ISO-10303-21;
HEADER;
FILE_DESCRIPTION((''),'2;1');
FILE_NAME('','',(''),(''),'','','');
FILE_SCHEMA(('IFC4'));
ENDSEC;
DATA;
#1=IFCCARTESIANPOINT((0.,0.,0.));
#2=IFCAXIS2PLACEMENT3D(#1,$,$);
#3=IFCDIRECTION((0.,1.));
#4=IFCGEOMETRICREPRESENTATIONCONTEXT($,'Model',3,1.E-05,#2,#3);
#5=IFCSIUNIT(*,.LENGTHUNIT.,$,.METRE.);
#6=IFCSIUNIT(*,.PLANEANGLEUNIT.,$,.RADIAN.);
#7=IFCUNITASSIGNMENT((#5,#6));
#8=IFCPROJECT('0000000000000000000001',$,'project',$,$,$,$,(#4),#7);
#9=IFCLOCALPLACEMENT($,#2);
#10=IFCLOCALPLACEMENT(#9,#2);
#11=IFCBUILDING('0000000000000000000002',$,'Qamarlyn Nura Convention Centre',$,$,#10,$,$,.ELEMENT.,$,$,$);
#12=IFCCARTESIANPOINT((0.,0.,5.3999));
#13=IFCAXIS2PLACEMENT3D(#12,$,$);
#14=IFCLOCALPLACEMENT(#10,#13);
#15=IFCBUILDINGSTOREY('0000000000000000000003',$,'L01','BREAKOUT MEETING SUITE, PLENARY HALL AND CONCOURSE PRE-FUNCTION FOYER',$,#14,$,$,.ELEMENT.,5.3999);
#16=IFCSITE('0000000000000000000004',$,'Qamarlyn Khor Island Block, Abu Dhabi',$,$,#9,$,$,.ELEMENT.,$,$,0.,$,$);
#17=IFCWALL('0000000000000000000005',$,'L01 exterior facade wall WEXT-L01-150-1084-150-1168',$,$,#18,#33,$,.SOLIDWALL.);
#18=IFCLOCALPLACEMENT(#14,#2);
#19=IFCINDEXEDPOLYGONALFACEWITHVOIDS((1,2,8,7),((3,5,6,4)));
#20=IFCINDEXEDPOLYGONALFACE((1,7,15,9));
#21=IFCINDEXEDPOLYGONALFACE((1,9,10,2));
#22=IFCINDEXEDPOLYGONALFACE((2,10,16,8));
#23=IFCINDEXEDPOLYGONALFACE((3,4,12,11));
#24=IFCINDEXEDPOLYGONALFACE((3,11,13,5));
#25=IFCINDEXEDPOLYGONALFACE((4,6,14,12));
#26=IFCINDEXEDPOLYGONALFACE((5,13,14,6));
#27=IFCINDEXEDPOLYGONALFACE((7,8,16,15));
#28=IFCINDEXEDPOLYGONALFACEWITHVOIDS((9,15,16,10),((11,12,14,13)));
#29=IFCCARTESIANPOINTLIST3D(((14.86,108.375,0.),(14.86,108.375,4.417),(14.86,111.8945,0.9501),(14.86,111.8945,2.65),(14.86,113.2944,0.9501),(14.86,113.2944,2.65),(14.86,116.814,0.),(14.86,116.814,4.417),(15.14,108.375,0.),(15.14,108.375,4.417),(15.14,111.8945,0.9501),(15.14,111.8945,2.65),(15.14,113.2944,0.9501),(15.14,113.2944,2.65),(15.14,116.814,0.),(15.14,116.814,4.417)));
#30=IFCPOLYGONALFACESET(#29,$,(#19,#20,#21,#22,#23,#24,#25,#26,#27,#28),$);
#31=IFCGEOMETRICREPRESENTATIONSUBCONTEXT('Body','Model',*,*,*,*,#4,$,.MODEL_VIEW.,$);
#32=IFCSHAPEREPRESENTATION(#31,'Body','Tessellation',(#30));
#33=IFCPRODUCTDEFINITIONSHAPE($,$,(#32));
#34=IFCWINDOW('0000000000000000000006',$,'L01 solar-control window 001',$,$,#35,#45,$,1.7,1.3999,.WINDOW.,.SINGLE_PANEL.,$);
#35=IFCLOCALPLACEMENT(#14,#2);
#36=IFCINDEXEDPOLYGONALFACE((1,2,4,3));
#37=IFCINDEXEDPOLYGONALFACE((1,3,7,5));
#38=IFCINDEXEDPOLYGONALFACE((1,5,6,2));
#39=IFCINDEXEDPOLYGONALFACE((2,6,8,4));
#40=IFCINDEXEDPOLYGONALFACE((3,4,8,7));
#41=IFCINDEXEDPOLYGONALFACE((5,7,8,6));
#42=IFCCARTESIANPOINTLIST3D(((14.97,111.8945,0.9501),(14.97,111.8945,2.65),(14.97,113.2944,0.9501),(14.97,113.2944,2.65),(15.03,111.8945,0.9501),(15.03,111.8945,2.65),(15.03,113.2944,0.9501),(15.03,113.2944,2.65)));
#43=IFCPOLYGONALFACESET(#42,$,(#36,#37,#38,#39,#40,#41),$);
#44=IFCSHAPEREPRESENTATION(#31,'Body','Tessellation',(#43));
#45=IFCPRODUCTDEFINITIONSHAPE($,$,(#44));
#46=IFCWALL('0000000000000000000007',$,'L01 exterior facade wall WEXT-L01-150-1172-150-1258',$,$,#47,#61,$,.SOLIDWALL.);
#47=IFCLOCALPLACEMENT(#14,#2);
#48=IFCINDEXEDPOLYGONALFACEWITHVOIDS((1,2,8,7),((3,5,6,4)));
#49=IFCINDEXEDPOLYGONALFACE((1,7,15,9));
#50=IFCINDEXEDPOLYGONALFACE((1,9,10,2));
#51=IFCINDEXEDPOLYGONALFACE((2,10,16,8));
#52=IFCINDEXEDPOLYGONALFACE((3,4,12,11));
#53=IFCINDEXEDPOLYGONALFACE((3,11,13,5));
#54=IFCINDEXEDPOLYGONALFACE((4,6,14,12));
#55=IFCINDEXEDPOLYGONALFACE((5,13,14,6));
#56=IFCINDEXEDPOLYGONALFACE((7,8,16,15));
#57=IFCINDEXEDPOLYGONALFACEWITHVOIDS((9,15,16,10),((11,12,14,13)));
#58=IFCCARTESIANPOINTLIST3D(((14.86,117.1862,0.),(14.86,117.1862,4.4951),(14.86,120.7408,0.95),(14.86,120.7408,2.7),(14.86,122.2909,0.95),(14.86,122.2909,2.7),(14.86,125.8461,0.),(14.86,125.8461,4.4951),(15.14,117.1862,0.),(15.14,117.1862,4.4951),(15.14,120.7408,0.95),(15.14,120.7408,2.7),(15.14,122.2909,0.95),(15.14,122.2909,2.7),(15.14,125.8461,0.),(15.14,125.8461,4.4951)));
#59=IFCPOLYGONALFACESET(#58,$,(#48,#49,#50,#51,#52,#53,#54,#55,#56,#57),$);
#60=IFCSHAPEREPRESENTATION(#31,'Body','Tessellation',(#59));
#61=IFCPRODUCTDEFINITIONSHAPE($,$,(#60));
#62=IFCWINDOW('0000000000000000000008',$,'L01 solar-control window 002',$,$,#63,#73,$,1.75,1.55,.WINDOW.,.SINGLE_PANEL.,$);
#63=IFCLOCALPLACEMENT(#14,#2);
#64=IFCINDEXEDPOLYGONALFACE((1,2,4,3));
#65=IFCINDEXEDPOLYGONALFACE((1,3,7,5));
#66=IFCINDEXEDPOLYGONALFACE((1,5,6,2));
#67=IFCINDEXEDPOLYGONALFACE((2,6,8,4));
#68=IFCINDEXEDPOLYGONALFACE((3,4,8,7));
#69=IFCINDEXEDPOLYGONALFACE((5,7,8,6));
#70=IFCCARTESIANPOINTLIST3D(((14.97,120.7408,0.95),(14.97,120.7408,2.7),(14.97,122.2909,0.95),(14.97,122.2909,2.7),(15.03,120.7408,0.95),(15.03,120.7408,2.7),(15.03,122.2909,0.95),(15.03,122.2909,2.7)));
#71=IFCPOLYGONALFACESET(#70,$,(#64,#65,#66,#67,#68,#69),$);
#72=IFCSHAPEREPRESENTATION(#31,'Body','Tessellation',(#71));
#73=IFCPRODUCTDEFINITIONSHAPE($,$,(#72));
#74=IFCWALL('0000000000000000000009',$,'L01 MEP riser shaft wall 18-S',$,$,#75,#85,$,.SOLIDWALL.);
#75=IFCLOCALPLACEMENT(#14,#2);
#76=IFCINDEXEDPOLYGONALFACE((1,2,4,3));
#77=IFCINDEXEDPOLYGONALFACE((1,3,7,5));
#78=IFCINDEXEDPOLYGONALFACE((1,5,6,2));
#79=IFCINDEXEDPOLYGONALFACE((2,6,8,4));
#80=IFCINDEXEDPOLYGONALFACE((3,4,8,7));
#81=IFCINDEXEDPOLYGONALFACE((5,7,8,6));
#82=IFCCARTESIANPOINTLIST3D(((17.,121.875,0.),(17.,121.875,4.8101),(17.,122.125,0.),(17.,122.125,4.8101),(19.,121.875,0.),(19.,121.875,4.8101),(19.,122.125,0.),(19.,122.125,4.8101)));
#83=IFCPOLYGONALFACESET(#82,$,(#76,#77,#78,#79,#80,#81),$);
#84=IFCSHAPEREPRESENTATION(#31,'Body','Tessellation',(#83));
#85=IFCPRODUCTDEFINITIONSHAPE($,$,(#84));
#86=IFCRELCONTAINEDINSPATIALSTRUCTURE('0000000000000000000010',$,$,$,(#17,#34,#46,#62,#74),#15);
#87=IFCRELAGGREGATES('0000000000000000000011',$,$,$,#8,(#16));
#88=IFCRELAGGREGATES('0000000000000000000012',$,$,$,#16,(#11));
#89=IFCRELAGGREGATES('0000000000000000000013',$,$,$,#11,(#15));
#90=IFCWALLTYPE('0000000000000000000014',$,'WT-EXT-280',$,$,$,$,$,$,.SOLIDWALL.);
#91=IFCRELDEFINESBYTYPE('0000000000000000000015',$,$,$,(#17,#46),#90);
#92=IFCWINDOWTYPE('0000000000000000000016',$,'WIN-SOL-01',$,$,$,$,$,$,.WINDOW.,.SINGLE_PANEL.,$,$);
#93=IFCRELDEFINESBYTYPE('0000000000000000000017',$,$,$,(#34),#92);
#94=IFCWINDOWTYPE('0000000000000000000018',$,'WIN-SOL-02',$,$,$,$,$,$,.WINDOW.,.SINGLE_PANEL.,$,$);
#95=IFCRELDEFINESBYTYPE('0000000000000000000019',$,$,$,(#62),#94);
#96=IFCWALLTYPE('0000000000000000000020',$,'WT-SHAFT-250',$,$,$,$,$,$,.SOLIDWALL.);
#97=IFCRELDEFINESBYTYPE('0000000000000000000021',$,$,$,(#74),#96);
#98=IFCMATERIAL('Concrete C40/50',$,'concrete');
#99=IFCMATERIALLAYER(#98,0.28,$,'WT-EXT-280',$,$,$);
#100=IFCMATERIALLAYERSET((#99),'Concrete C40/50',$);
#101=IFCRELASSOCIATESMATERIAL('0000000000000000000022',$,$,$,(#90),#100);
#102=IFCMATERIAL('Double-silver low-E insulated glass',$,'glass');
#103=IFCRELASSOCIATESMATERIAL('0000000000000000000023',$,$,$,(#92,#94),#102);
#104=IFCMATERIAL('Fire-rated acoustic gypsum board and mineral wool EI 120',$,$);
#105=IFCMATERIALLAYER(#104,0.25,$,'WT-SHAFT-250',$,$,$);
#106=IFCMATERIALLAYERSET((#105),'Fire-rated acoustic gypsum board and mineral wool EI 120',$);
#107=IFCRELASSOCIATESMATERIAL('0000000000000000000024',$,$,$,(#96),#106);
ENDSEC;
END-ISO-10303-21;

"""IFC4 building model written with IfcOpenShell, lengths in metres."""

from ifc_helpers import new_model, si_unit, direction, frame, frame_2d, origin, place, context, subcontext, project, spatial, rectangle, extrude, material, layer, layer_set, type_object, element, fill, save


model = new_model("IFC4")

# Units and contexts
model_context = context("Model", 3, precision=1e-05, world=origin(), true_north=direction((0.0, 1.0)))
body_context = subcontext(model_context, "Body", "Model", "MODEL_VIEW")
ifc_project = project(units=[si_unit("LENGTHUNIT", "METRE"), si_unit("PLANEANGLEUNIT", "RADIAN")], contexts=[model_context])

# Site, building, storey
site_placement = place(None, origin())
site = spatial("IfcSite", under=ifc_project, at=site_placement, Name="Qamarlyn Khor Island Block, Abu Dhabi", CompositionType="ELEMENT", RefElevation=0.0)
building_placement = place(site_placement, origin())
building = spatial("IfcBuilding", under=site, at=building_placement, Name="Qamarlyn Nura Convention Centre", CompositionType="ELEMENT")
storey_placement = place(building_placement, frame((0.0, 0.0, 5.3999)))
storey = spatial("IfcBuildingStorey", under=building, at=storey_placement, Name="L01", Description="BREAKOUT MEETING SUITE, PLENARY HALL AND CONCOURSE PRE-FUNCTION FOYER", CompositionType="ELEMENT", Elevation=5.3999)

# Shared definitions
ifc_material_1 = material(Name="Double-silver low-E insulated glass", Category="glass")

# Walls, openings, windows
ifc_material_2 = material(Name="Concrete C40/50", Category="concrete")
ifc_layer_1 = layer(ifc_material_2, 0.28, Name="WT-EXT-280")
ifc_layer_set_1 = layer_set([ifc_layer_1], Name="Concrete C40/50")
wall_type_1 = type_object("IfcWallType", Name="WT-EXT-280", PredefinedType="SOLIDWALL", material=ifc_layer_set_1)
wall_1_placement = place(storey_placement, frame((15.0, 108.375, 0.0), z_axis=(0.0, 0.0, 1.0), x_axis=(0.0, 1.0, 0.0)))
wall_1 = element("IfcWall", 1, at=wall_1_placement, inside=storey, type_object=wall_type_1, Name="L01 exterior facade wall WEXT-L01-150-1084-150-1168", PredefinedType="SOLIDWALL", context=body_context, shape_type="SweptSolid", body=[
    extrude(rectangle(XDim=8.439, YDim=0.28, at=frame_2d((4.2195, 0.0))), origin(), (0.0, 0.0, 1.0), 4.417),
])
opening_1_placement = place(wall_1_placement, frame((3.5195, 0.0, 0.95)))
opening_1 = element("IfcOpeningElement", 2, at=opening_1_placement, cuts=wall_1, PredefinedType="OPENING", context=body_context, shape_type="SweptSolid", body=[
    extrude(rectangle(XDim=1.3999, YDim=1.7, at=frame_2d((0.7, 0.8501))), frame((0.0, 0.1499, 0.0), z_axis=(0.0, -1.0, 0.0), x_axis=(1.0, 0.0, 0.0)), (0.0, 0.0, 1.0), 0.3),
])
window_type_1 = type_object("IfcWindowType", Name="WIN-SOL-01", PartitioningType="SINGLE_PANEL", PredefinedType="WINDOW", material=ifc_material_1)
window_1_placement = place(opening_1_placement, origin())
window_1 = element("IfcWindow", 3, at=window_1_placement, inside=storey, type_object=window_type_1, Name="L01 solar-control window 001", OverallHeight=1.7, OverallWidth=1.3999, PartitioningType="SINGLE_PANEL", PredefinedType="WINDOW", context=body_context, shape_type="SweptSolid", body=[
    extrude(rectangle(XDim=1.3999, YDim=1.7, at=frame_2d((0.7, 0.8501))), frame((0.0, 0.03, 0.0), z_axis=(0.0, -1.0, 0.0), x_axis=(1.0, 0.0, 0.0)), (0.0, 0.0, 1.0), 0.0601),
])
fill(opening_1, window_1)
wall_2_placement = place(storey_placement, frame((15.0, 117.186, 0.0), z_axis=(0.0, 0.0, 1.0), x_axis=(0.0, 1.0, 0.0)))
wall_2 = element("IfcWall", 4, at=wall_2_placement, inside=storey, type_object=wall_type_1, Name="L01 exterior facade wall WEXT-L01-150-1172-150-1258", PredefinedType="SOLIDWALL", context=body_context, shape_type="SweptSolid", body=[
    extrude(rectangle(XDim=8.6599, YDim=0.28, at=frame_2d((4.3301, 0.0))), origin(), (0.0, 0.0, 1.0), 4.4951),
])
opening_2_placement = place(wall_2_placement, frame((3.5549, 0.0, 0.95)))
opening_2 = element("IfcOpeningElement", 5, at=opening_2_placement, cuts=wall_2, PredefinedType="OPENING", context=body_context, shape_type="SweptSolid", body=[
    extrude(rectangle(XDim=1.55, YDim=1.75, at=frame_2d((0.7749, 0.875))), frame((0.0, 0.1499, 0.0), z_axis=(0.0, -1.0, 0.0), x_axis=(1.0, 0.0, 0.0)), (0.0, 0.0, 1.0), 0.3),
])
window_type_2 = type_object("IfcWindowType", Name="WIN-SOL-02", PartitioningType="SINGLE_PANEL", PredefinedType="WINDOW", material=ifc_material_1)
window_2_placement = place(opening_2_placement, origin())
window_2 = element("IfcWindow", 6, at=window_2_placement, inside=storey, type_object=window_type_2, Name="L01 solar-control window 002", OverallHeight=1.75, OverallWidth=1.55, PartitioningType="SINGLE_PANEL", PredefinedType="WINDOW", context=body_context, shape_type="SweptSolid", body=[
    extrude(rectangle(XDim=1.55, YDim=1.75, at=frame_2d((0.7749, 0.875))), frame((0.0, 0.03, 0.0), z_axis=(0.0, -1.0, 0.0), x_axis=(1.0, 0.0, 0.0)), (0.0, 0.0, 1.0), 0.0601),
])
fill(opening_2, window_2)

# Wall
ifc_material_3 = material(Name="Fire-rated acoustic gypsum board and mineral wool EI 120")
ifc_layer_2 = layer(ifc_material_3, 0.25, Name="WT-SHAFT-250")
ifc_layer_set_2 = layer_set([ifc_layer_2], Name="Fire-rated acoustic gypsum board and mineral wool EI 120")
wall_type_2 = type_object("IfcWallType", Name="WT-SHAFT-250", PredefinedType="SOLIDWALL", material=ifc_layer_set_2)
wall_3_placement = place(storey_placement, frame((17.0, 122.0, 0.0), z_axis=(0.0, 0.0, 1.0), x_axis=(1.0, 0.0, 0.0)))
element("IfcWall", 7, at=wall_3_placement, inside=storey, type_object=wall_type_2, Name="L01 MEP riser shaft wall 18-S", PredefinedType="SOLIDWALL", context=body_context, shape_type="SweptSolid", body=[
    extrude(rectangle(XDim=2.0, YDim=0.25, at=frame_2d((1.0, 0.0))), origin(), (0.0, 0.0, 1.0), 4.8101),
])

save(model, "model.ifc")
